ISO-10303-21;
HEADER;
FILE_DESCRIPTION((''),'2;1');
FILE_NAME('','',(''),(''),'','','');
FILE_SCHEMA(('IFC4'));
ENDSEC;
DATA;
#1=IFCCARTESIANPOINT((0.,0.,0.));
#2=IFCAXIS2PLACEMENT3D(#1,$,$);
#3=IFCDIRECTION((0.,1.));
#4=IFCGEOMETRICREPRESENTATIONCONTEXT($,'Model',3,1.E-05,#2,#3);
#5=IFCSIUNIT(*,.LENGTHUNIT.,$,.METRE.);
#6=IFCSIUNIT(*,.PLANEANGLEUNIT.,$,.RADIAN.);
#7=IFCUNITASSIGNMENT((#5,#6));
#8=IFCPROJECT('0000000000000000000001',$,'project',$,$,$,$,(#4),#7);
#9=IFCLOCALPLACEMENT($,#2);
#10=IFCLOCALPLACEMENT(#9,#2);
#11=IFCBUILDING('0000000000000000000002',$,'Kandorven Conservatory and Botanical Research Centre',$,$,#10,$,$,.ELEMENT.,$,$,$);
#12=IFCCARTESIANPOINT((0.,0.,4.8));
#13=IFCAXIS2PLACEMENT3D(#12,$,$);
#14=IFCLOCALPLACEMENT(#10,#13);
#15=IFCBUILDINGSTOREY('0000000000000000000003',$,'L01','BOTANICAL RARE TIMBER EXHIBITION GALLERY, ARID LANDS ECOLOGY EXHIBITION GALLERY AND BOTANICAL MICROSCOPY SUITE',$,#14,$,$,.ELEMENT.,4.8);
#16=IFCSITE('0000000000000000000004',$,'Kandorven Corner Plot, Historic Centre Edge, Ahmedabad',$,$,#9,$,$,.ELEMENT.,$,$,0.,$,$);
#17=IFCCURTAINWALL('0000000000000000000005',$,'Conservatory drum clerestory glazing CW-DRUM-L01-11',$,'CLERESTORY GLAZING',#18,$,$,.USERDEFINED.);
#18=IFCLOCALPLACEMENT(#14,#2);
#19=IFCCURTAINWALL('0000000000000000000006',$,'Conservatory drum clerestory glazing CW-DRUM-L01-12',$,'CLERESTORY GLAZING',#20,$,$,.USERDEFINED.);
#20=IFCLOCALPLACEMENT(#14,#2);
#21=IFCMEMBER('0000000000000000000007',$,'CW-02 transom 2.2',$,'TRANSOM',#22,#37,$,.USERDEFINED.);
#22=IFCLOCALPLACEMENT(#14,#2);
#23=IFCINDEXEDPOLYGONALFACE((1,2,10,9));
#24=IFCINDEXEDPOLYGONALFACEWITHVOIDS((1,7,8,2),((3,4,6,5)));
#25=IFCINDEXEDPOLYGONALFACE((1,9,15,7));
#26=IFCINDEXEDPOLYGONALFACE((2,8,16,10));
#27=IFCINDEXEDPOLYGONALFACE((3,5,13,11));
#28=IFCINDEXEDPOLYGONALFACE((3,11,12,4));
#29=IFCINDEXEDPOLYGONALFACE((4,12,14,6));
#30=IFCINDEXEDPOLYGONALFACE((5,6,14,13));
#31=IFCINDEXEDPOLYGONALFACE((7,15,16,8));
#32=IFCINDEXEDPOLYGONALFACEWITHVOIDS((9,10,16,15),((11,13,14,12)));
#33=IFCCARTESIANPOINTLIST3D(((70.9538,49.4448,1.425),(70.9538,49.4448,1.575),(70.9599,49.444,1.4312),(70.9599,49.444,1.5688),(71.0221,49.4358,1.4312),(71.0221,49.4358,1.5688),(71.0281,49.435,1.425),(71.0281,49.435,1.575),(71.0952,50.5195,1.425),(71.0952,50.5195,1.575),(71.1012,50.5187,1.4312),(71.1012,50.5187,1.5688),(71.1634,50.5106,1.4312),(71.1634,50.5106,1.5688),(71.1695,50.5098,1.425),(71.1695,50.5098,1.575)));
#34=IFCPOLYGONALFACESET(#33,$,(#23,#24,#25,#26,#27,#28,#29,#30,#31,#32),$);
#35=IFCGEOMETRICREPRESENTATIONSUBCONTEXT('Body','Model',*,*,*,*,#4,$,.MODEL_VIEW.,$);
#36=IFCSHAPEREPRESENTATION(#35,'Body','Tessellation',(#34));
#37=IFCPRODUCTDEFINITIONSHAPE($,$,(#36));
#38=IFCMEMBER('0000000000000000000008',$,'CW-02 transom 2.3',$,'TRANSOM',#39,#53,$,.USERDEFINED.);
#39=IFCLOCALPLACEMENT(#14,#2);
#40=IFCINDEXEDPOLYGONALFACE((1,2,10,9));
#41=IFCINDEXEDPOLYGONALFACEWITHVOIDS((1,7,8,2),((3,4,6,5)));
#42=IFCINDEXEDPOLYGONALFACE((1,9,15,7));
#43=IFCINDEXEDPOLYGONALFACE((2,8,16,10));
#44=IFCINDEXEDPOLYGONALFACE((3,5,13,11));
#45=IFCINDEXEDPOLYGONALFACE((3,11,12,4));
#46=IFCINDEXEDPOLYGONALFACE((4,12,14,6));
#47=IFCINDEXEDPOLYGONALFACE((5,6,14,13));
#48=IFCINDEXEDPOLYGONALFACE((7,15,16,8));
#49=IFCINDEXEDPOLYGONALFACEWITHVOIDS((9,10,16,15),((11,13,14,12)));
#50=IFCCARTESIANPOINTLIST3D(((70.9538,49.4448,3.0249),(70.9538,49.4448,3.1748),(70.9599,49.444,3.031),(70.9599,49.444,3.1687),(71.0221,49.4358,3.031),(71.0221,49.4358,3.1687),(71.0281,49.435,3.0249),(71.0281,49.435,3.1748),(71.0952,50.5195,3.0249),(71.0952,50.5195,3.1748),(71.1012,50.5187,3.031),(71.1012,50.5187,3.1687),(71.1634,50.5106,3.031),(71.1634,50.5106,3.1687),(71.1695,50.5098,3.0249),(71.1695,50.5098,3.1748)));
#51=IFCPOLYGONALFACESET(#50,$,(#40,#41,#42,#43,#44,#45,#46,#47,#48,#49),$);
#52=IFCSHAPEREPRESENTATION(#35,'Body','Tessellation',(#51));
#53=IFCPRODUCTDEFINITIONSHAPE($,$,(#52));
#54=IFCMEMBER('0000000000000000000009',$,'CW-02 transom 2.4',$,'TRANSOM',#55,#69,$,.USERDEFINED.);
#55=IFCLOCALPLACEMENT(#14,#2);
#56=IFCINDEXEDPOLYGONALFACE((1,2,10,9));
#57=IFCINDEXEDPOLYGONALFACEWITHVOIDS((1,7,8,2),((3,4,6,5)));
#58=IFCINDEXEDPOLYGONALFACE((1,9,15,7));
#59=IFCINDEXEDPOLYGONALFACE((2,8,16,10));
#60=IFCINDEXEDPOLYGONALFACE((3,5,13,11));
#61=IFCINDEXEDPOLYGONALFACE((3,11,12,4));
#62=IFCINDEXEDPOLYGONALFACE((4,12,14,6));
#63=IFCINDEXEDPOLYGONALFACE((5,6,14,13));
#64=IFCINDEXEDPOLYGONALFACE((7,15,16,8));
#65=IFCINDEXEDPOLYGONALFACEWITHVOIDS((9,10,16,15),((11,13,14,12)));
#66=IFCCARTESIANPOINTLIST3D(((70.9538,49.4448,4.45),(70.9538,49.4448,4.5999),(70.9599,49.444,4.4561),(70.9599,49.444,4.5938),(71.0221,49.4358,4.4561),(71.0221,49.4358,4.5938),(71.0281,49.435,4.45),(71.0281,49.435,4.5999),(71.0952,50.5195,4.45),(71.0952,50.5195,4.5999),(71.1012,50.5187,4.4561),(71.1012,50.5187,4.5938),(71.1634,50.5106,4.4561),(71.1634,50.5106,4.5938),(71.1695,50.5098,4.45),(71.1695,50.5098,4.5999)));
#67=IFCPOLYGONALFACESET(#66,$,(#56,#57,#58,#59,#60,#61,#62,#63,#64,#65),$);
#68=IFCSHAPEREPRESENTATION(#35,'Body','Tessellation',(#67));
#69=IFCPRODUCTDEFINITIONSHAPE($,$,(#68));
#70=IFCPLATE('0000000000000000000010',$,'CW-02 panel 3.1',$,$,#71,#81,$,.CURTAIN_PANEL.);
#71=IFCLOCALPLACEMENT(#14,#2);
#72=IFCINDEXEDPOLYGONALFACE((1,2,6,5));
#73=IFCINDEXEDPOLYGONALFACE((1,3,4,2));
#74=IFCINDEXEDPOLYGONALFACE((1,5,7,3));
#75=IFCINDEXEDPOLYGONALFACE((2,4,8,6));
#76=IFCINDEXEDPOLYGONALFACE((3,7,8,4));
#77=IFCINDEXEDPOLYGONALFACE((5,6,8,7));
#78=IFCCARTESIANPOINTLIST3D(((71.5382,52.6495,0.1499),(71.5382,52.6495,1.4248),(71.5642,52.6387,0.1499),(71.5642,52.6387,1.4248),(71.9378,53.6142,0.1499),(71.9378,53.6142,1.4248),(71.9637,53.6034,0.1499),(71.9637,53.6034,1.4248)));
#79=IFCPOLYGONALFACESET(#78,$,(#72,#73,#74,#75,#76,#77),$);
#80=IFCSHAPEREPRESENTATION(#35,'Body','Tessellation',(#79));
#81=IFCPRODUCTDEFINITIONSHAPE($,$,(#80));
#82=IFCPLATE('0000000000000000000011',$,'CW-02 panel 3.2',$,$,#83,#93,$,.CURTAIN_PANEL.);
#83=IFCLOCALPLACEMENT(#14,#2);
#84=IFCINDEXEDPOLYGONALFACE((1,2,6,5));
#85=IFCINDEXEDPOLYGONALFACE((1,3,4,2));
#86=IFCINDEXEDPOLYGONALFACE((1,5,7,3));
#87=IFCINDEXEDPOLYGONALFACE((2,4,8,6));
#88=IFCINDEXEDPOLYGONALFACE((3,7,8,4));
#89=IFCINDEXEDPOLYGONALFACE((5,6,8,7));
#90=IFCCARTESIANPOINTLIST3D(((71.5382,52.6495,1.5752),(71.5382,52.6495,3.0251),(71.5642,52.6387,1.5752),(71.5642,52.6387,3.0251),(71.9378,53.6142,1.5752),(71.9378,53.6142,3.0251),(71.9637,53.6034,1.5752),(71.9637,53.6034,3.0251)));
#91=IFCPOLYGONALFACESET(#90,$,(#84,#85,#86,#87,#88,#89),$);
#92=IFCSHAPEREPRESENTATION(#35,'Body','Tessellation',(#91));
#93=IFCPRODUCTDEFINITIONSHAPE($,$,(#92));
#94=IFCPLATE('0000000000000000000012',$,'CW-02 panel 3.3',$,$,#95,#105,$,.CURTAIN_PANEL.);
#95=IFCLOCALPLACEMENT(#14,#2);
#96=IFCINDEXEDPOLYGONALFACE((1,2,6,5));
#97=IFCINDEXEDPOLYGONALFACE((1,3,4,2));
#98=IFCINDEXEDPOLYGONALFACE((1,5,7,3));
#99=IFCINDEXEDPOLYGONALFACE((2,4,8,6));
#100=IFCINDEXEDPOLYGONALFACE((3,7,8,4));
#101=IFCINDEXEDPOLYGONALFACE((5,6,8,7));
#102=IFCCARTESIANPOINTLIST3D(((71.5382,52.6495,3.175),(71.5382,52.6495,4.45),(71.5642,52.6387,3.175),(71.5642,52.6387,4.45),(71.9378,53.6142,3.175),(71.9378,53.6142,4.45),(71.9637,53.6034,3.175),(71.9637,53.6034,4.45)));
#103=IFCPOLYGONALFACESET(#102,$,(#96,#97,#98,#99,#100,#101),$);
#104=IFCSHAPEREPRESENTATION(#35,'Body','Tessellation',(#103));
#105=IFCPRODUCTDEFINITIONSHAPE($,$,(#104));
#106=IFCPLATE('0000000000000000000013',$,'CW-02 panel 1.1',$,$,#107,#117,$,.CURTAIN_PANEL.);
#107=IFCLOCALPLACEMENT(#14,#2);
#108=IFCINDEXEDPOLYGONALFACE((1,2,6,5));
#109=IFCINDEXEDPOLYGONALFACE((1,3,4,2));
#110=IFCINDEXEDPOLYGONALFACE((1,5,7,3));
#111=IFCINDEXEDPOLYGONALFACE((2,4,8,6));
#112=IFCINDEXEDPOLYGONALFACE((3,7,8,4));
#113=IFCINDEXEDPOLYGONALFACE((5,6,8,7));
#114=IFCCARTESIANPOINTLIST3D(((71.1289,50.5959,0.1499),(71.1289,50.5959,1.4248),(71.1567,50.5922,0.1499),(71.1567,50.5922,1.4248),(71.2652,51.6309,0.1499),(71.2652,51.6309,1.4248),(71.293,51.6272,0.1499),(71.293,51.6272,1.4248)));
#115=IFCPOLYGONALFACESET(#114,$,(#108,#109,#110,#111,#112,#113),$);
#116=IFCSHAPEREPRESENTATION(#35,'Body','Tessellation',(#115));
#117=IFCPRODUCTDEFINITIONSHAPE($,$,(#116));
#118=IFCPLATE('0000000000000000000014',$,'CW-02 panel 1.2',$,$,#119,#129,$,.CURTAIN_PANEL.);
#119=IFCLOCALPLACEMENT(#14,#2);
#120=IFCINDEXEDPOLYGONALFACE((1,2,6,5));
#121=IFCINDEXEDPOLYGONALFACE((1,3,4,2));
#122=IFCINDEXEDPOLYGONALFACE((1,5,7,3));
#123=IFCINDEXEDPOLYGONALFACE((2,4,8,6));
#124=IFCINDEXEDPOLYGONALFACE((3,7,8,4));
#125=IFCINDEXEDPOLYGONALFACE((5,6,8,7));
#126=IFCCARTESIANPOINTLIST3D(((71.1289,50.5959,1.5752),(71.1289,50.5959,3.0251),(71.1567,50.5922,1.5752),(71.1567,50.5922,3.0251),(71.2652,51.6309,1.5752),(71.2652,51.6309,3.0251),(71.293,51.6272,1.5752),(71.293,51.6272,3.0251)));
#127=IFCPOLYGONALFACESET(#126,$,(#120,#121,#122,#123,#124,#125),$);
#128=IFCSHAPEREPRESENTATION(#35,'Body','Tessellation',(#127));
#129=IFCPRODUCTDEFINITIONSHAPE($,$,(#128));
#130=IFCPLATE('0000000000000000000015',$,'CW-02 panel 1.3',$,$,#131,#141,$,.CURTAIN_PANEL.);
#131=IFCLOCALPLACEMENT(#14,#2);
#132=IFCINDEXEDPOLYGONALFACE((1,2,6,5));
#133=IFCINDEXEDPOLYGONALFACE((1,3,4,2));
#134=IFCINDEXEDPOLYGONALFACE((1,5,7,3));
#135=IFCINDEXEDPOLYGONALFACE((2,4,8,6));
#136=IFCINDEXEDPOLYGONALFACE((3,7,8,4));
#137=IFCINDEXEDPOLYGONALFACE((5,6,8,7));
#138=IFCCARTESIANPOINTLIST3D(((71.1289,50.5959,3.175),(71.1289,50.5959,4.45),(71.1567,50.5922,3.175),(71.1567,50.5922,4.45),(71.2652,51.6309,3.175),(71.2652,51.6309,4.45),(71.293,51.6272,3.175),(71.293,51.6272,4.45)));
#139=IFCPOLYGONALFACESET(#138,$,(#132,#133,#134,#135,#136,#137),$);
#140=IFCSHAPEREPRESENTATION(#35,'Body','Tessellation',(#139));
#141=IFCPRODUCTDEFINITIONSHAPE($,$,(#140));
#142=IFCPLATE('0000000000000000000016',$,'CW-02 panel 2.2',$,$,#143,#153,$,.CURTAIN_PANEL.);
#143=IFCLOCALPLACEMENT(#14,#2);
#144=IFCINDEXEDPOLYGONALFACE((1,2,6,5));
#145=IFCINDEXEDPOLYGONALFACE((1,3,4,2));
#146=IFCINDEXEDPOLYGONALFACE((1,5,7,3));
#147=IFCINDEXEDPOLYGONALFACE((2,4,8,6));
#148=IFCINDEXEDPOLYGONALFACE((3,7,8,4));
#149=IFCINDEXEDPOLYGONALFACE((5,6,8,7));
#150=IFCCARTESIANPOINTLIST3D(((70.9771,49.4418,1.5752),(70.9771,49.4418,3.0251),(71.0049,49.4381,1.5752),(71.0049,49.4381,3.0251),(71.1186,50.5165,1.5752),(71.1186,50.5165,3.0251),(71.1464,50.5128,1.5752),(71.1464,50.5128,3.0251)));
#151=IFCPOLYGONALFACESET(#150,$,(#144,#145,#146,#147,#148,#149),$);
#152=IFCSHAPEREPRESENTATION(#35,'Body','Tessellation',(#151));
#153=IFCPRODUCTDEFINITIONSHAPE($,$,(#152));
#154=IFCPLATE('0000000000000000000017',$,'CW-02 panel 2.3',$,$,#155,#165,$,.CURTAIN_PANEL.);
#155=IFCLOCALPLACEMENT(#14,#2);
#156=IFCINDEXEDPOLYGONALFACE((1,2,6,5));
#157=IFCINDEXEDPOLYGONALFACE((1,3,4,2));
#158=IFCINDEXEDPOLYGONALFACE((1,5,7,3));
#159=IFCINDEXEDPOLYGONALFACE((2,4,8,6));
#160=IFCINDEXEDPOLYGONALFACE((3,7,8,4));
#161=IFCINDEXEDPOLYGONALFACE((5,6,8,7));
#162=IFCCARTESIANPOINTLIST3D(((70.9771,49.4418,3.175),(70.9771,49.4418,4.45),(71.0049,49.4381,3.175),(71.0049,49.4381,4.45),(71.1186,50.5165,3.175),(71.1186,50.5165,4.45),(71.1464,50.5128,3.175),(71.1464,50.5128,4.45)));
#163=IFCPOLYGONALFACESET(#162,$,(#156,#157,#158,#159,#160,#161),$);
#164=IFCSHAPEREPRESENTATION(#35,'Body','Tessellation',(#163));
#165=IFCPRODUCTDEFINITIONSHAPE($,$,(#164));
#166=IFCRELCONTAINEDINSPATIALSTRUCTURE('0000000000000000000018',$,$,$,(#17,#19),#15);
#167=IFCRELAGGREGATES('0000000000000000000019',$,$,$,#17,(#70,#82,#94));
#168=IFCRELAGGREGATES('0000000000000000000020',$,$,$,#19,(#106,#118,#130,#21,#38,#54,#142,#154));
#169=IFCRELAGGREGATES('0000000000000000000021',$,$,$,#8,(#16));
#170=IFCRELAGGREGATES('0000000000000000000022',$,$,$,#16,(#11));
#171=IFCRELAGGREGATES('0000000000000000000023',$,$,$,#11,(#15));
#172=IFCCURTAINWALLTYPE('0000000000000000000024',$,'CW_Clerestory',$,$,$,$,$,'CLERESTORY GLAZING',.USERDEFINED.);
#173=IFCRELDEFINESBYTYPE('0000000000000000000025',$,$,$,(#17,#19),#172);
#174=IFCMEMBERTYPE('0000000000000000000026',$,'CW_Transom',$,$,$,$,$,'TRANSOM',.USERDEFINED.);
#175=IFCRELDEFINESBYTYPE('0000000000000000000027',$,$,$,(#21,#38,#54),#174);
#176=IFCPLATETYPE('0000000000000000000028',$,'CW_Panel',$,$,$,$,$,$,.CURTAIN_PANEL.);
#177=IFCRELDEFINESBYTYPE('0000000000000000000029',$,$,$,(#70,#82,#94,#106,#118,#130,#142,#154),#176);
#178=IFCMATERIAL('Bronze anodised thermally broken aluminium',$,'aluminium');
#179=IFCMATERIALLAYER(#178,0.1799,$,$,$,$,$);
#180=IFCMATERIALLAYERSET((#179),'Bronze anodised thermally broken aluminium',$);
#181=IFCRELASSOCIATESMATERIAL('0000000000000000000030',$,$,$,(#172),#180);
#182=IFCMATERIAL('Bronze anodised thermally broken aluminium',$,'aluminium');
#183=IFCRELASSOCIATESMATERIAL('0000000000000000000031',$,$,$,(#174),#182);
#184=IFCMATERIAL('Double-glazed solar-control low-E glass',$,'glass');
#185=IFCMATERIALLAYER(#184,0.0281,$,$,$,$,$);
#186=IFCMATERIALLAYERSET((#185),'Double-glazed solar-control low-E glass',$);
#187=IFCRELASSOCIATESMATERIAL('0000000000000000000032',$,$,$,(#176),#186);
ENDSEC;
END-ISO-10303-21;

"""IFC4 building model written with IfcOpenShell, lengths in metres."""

from ifc_helpers import new_model, si_unit, direction, frame, origin, origin_2d, place, context, subcontext, project, spatial, rectangle, hollow_rectangle, extrude, material, layer, layer_set, material_profile, profile_set, type_object, element, aggregate, save


model = new_model("IFC4")

# Units and contexts
model_context = context("Model", 3, precision=1e-05, world=origin(), true_north=direction((0.0, 1.0)))
body_context = subcontext(model_context, "Body", "Model", "MODEL_VIEW")
ifc_project = project(units=[si_unit("LENGTHUNIT", "METRE"), si_unit("PLANEANGLEUNIT", "RADIAN")], contexts=[model_context])

# Site, building, storey
site_placement = place(None, origin())
site = spatial("IfcSite", under=ifc_project, at=site_placement, Name="Kandorven Corner Plot, Historic Centre Edge, Ahmedabad", CompositionType="ELEMENT", RefElevation=0.0)
building_placement = place(site_placement, origin())
building = spatial("IfcBuilding", under=site, at=building_placement, Name="Kandorven Conservatory and Botanical Research Centre", CompositionType="ELEMENT")
storey_placement = place(building_placement, frame((0.0, 0.0, 4.8)))
storey = spatial("IfcBuildingStorey", under=building, at=storey_placement, Name="L01", Description="BOTANICAL RARE TIMBER EXHIBITION GALLERY, ARID LANDS ECOLOGY EXHIBITION GALLERY AND BOTANICAL MICROSCOPY SUITE", CompositionType="ELEMENT", Elevation=4.8)

# Curtain wall
ifc_material_1 = material(Name="Bronze anodised thermally broken aluminium", Category="aluminium")
ifc_layer_1 = layer(ifc_material_1, 0.1799)
ifc_layer_set_1 = layer_set([ifc_layer_1], Name="Bronze anodised thermally broken aluminium")
curtain_wall_type = type_object("IfcCurtainWallType", Name="CW_Clerestory", ElementType="CLERESTORY GLAZING", PredefinedType="USERDEFINED", material=ifc_layer_set_1)
curtain_wall_1_placement = place(storey_placement, origin())
curtain_wall_1 = element("IfcCurtainWall", 1, at=curtain_wall_1_placement, inside=storey, type_object=curtain_wall_type, Name="Conservatory drum clerestory glazing CW-DRUM-L01-11", ObjectType="CLERESTORY GLAZING", PredefinedType="USERDEFINED")

# Curtain wall
curtain_wall_2_placement = place(storey_placement, origin())
curtain_wall_2 = element("IfcCurtainWall", 2, at=curtain_wall_2_placement, inside=storey, type_object=curtain_wall_type, Name="Conservatory drum clerestory glazing CW-DRUM-L01-12", ObjectType="CLERESTORY GLAZING", PredefinedType="USERDEFINED")

# Members
ifc_material_2 = material(Name="Bronze anodised thermally broken aluminium", Category="aluminium")
ifc_material_profile_1 = material_profile(ifc_material_2, hollow_rectangle(XDim=0.075, YDim=0.1499, WallThickness=0.0061, at=origin_2d()))
ifc_profile_set_1 = profile_set([ifc_material_profile_1], Name="Bronze anodised thermally broken aluminium")
member_type_1 = type_object("IfcMemberType", Name="CW_Transom", ElementType="TRANSOM", PredefinedType="USERDEFINED", material=ifc_profile_set_1)
member_1_placement = place(storey_placement, frame((71.1323, 50.5146, 1.5), z_axis=(-0.130408, -0.99146, 0.0), x_axis=(0.99146, -0.130408, 0.0)))
member_1 = element("IfcMember", 3, at=member_1_placement, type_object=member_type_1, Name="CW-02 transom 2.2", ObjectType="TRANSOM", PredefinedType="USERDEFINED", context=body_context, shape_type="SweptSolid", body=[
    extrude(hollow_rectangle(XDim=0.075, YDim=0.1499, WallThickness=0.0061, at=origin_2d()), origin(), (0.0, 0.0, 1.0), 1.084),
])
member_2_placement = place(storey_placement, frame((71.1323, 50.5146, 3.0999), z_axis=(-0.130408, -0.99146, 0.0), x_axis=(0.99146, -0.130408, 0.0)))
member_2 = element("IfcMember", 4, at=member_2_placement, type_object=member_type_1, Name="CW-02 transom 2.3", ObjectType="TRANSOM", PredefinedType="USERDEFINED", context=body_context, shape_type="SweptSolid", body=[
    extrude(hollow_rectangle(XDim=0.075, YDim=0.1499, WallThickness=0.0061, at=origin_2d()), origin(), (0.0, 0.0, 1.0), 1.084),
])
member_3_placement = place(storey_placement, frame((71.1323, 50.5146, 4.5249), z_axis=(-0.130408, -0.99146, 0.0), x_axis=(0.99146, -0.130408, 0.0)))
member_3 = element("IfcMember", 5, at=member_3_placement, type_object=member_type_1, Name="CW-02 transom 2.4", ObjectType="TRANSOM", PredefinedType="USERDEFINED", context=body_context, shape_type="SweptSolid", body=[
    extrude(hollow_rectangle(XDim=0.075, YDim=0.1499, WallThickness=0.0061, at=origin_2d()), origin(), (0.0, 0.0, 1.0), 1.084),
])

# Plates
ifc_material_3 = material(Name="Double-glazed solar-control low-E glass", Category="glass")
ifc_layer_2 = layer(ifc_material_3, 0.0281)
ifc_layer_set_2 = layer_set([ifc_layer_2], Name="Double-glazed solar-control low-E glass")
plate_type = type_object("IfcPlateType", Name="CW_Panel", PredefinedType="CURTAIN_PANEL", material=ifc_layer_set_2)
plate_1_placement = place(storey_placement, frame((71.751, 53.1265, 0.1499), z_axis=(0.0, 0.0, 1.0), x_axis=(-0.382669, -0.923886, 0.0)))
plate_1 = element("IfcPlate", 6, at=plate_1_placement, type_object=plate_type, Name="CW-02 panel 3.1", PredefinedType="CURTAIN_PANEL", context=body_context, shape_type="SweptSolid", body=[
    extrude(rectangle(XDim=1.0442, YDim=0.0281, at=origin_2d()), origin(), (0.0, 0.0, 1.0), 1.2749),
])
plate_2_placement = place(storey_placement, frame((71.751, 53.1265, 1.5752), z_axis=(0.0, 0.0, 1.0), x_axis=(-0.382669, -0.923886, 0.0)))
plate_2 = element("IfcPlate", 7, at=plate_2_placement, type_object=plate_type, Name="CW-02 panel 3.2", PredefinedType="CURTAIN_PANEL", context=body_context, shape_type="SweptSolid", body=[
    extrude(rectangle(XDim=1.0442, YDim=0.0281, at=origin_2d()), origin(), (0.0, 0.0, 1.0), 1.45),
])
plate_3_placement = place(storey_placement, frame((71.751, 53.1265, 3.175), z_axis=(0.0, 0.0, 1.0), x_axis=(-0.382669, -0.923886, 0.0)))
plate_3 = element("IfcPlate", 8, at=plate_3_placement, type_object=plate_type, Name="CW-02 panel 3.3", PredefinedType="CURTAIN_PANEL", context=body_context, shape_type="SweptSolid", body=[
    extrude(rectangle(XDim=1.0442, YDim=0.0281, at=origin_2d()), origin(), (0.0, 0.0, 1.0), 1.2749),
])
aggregate(curtain_wall_1, [plate_1, plate_2, plate_3])
plate_4_placement = place(storey_placement, frame((71.2109, 51.1116, 0.1499), z_axis=(0.0, 0.0, 1.0), x_axis=(-0.130552, -0.991441, 0.0)))
plate_4 = element("IfcPlate", 9, at=plate_4_placement, type_object=plate_type, Name="CW-02 panel 1.1", PredefinedType="CURTAIN_PANEL", context=body_context, shape_type="SweptSolid", body=[
    extrude(rectangle(XDim=1.0439, YDim=0.0281, at=origin_2d()), origin(), (0.0, 0.0, 1.0), 1.2749),
])
plate_5_placement = place(storey_placement, frame((71.2109, 51.1116, 1.5752), z_axis=(0.0, 0.0, 1.0), x_axis=(-0.130552, -0.991441, 0.0)))
plate_5 = element("IfcPlate", 10, at=plate_5_placement, type_object=plate_type, Name="CW-02 panel 1.2", PredefinedType="CURTAIN_PANEL", context=body_context, shape_type="SweptSolid", body=[
    extrude(rectangle(XDim=1.0439, YDim=0.0281, at=origin_2d()), origin(), (0.0, 0.0, 1.0), 1.45),
])
plate_6_placement = place(storey_placement, frame((71.2109, 51.1116, 3.175), z_axis=(0.0, 0.0, 1.0), x_axis=(-0.130552, -0.991441, 0.0)))
plate_6 = element("IfcPlate", 11, at=plate_6_placement, type_object=plate_type, Name="CW-02 panel 1.3", PredefinedType="CURTAIN_PANEL", context=body_context, shape_type="SweptSolid", body=[
    extrude(rectangle(XDim=1.0439, YDim=0.0281, at=origin_2d()), origin(), (0.0, 0.0, 1.0), 1.2749),
])
plate_7_placement = place(storey_placement, frame((71.0618, 49.9773, 1.5752), z_axis=(0.0, 0.0, 1.0), x_axis=(-0.130552, -0.991441, 0.0)))
plate_7 = element("IfcPlate", 12, at=plate_7_placement, type_object=plate_type, Name="CW-02 panel 2.2", PredefinedType="CURTAIN_PANEL", context=body_context, shape_type="SweptSolid", body=[
    extrude(rectangle(XDim=1.084, YDim=0.0281, at=origin_2d()), origin(), (0.0, 0.0, 1.0), 1.45),
])
plate_8_placement = place(storey_placement, frame((71.0618, 49.9773, 3.175), z_axis=(0.0, 0.0, 1.0), x_axis=(-0.130552, -0.991441, 0.0)))
plate_8 = element("IfcPlate", 13, at=plate_8_placement, type_object=plate_type, Name="CW-02 panel 2.3", PredefinedType="CURTAIN_PANEL", context=body_context, shape_type="SweptSolid", body=[
    extrude(rectangle(XDim=1.084, YDim=0.0281, at=origin_2d()), origin(), (0.0, 0.0, 1.0), 1.2749),
])
aggregate(curtain_wall_2, [plate_4, plate_5, plate_6, member_1, member_2, member_3, plate_7, plate_8])

save(model, "model.ifc")
